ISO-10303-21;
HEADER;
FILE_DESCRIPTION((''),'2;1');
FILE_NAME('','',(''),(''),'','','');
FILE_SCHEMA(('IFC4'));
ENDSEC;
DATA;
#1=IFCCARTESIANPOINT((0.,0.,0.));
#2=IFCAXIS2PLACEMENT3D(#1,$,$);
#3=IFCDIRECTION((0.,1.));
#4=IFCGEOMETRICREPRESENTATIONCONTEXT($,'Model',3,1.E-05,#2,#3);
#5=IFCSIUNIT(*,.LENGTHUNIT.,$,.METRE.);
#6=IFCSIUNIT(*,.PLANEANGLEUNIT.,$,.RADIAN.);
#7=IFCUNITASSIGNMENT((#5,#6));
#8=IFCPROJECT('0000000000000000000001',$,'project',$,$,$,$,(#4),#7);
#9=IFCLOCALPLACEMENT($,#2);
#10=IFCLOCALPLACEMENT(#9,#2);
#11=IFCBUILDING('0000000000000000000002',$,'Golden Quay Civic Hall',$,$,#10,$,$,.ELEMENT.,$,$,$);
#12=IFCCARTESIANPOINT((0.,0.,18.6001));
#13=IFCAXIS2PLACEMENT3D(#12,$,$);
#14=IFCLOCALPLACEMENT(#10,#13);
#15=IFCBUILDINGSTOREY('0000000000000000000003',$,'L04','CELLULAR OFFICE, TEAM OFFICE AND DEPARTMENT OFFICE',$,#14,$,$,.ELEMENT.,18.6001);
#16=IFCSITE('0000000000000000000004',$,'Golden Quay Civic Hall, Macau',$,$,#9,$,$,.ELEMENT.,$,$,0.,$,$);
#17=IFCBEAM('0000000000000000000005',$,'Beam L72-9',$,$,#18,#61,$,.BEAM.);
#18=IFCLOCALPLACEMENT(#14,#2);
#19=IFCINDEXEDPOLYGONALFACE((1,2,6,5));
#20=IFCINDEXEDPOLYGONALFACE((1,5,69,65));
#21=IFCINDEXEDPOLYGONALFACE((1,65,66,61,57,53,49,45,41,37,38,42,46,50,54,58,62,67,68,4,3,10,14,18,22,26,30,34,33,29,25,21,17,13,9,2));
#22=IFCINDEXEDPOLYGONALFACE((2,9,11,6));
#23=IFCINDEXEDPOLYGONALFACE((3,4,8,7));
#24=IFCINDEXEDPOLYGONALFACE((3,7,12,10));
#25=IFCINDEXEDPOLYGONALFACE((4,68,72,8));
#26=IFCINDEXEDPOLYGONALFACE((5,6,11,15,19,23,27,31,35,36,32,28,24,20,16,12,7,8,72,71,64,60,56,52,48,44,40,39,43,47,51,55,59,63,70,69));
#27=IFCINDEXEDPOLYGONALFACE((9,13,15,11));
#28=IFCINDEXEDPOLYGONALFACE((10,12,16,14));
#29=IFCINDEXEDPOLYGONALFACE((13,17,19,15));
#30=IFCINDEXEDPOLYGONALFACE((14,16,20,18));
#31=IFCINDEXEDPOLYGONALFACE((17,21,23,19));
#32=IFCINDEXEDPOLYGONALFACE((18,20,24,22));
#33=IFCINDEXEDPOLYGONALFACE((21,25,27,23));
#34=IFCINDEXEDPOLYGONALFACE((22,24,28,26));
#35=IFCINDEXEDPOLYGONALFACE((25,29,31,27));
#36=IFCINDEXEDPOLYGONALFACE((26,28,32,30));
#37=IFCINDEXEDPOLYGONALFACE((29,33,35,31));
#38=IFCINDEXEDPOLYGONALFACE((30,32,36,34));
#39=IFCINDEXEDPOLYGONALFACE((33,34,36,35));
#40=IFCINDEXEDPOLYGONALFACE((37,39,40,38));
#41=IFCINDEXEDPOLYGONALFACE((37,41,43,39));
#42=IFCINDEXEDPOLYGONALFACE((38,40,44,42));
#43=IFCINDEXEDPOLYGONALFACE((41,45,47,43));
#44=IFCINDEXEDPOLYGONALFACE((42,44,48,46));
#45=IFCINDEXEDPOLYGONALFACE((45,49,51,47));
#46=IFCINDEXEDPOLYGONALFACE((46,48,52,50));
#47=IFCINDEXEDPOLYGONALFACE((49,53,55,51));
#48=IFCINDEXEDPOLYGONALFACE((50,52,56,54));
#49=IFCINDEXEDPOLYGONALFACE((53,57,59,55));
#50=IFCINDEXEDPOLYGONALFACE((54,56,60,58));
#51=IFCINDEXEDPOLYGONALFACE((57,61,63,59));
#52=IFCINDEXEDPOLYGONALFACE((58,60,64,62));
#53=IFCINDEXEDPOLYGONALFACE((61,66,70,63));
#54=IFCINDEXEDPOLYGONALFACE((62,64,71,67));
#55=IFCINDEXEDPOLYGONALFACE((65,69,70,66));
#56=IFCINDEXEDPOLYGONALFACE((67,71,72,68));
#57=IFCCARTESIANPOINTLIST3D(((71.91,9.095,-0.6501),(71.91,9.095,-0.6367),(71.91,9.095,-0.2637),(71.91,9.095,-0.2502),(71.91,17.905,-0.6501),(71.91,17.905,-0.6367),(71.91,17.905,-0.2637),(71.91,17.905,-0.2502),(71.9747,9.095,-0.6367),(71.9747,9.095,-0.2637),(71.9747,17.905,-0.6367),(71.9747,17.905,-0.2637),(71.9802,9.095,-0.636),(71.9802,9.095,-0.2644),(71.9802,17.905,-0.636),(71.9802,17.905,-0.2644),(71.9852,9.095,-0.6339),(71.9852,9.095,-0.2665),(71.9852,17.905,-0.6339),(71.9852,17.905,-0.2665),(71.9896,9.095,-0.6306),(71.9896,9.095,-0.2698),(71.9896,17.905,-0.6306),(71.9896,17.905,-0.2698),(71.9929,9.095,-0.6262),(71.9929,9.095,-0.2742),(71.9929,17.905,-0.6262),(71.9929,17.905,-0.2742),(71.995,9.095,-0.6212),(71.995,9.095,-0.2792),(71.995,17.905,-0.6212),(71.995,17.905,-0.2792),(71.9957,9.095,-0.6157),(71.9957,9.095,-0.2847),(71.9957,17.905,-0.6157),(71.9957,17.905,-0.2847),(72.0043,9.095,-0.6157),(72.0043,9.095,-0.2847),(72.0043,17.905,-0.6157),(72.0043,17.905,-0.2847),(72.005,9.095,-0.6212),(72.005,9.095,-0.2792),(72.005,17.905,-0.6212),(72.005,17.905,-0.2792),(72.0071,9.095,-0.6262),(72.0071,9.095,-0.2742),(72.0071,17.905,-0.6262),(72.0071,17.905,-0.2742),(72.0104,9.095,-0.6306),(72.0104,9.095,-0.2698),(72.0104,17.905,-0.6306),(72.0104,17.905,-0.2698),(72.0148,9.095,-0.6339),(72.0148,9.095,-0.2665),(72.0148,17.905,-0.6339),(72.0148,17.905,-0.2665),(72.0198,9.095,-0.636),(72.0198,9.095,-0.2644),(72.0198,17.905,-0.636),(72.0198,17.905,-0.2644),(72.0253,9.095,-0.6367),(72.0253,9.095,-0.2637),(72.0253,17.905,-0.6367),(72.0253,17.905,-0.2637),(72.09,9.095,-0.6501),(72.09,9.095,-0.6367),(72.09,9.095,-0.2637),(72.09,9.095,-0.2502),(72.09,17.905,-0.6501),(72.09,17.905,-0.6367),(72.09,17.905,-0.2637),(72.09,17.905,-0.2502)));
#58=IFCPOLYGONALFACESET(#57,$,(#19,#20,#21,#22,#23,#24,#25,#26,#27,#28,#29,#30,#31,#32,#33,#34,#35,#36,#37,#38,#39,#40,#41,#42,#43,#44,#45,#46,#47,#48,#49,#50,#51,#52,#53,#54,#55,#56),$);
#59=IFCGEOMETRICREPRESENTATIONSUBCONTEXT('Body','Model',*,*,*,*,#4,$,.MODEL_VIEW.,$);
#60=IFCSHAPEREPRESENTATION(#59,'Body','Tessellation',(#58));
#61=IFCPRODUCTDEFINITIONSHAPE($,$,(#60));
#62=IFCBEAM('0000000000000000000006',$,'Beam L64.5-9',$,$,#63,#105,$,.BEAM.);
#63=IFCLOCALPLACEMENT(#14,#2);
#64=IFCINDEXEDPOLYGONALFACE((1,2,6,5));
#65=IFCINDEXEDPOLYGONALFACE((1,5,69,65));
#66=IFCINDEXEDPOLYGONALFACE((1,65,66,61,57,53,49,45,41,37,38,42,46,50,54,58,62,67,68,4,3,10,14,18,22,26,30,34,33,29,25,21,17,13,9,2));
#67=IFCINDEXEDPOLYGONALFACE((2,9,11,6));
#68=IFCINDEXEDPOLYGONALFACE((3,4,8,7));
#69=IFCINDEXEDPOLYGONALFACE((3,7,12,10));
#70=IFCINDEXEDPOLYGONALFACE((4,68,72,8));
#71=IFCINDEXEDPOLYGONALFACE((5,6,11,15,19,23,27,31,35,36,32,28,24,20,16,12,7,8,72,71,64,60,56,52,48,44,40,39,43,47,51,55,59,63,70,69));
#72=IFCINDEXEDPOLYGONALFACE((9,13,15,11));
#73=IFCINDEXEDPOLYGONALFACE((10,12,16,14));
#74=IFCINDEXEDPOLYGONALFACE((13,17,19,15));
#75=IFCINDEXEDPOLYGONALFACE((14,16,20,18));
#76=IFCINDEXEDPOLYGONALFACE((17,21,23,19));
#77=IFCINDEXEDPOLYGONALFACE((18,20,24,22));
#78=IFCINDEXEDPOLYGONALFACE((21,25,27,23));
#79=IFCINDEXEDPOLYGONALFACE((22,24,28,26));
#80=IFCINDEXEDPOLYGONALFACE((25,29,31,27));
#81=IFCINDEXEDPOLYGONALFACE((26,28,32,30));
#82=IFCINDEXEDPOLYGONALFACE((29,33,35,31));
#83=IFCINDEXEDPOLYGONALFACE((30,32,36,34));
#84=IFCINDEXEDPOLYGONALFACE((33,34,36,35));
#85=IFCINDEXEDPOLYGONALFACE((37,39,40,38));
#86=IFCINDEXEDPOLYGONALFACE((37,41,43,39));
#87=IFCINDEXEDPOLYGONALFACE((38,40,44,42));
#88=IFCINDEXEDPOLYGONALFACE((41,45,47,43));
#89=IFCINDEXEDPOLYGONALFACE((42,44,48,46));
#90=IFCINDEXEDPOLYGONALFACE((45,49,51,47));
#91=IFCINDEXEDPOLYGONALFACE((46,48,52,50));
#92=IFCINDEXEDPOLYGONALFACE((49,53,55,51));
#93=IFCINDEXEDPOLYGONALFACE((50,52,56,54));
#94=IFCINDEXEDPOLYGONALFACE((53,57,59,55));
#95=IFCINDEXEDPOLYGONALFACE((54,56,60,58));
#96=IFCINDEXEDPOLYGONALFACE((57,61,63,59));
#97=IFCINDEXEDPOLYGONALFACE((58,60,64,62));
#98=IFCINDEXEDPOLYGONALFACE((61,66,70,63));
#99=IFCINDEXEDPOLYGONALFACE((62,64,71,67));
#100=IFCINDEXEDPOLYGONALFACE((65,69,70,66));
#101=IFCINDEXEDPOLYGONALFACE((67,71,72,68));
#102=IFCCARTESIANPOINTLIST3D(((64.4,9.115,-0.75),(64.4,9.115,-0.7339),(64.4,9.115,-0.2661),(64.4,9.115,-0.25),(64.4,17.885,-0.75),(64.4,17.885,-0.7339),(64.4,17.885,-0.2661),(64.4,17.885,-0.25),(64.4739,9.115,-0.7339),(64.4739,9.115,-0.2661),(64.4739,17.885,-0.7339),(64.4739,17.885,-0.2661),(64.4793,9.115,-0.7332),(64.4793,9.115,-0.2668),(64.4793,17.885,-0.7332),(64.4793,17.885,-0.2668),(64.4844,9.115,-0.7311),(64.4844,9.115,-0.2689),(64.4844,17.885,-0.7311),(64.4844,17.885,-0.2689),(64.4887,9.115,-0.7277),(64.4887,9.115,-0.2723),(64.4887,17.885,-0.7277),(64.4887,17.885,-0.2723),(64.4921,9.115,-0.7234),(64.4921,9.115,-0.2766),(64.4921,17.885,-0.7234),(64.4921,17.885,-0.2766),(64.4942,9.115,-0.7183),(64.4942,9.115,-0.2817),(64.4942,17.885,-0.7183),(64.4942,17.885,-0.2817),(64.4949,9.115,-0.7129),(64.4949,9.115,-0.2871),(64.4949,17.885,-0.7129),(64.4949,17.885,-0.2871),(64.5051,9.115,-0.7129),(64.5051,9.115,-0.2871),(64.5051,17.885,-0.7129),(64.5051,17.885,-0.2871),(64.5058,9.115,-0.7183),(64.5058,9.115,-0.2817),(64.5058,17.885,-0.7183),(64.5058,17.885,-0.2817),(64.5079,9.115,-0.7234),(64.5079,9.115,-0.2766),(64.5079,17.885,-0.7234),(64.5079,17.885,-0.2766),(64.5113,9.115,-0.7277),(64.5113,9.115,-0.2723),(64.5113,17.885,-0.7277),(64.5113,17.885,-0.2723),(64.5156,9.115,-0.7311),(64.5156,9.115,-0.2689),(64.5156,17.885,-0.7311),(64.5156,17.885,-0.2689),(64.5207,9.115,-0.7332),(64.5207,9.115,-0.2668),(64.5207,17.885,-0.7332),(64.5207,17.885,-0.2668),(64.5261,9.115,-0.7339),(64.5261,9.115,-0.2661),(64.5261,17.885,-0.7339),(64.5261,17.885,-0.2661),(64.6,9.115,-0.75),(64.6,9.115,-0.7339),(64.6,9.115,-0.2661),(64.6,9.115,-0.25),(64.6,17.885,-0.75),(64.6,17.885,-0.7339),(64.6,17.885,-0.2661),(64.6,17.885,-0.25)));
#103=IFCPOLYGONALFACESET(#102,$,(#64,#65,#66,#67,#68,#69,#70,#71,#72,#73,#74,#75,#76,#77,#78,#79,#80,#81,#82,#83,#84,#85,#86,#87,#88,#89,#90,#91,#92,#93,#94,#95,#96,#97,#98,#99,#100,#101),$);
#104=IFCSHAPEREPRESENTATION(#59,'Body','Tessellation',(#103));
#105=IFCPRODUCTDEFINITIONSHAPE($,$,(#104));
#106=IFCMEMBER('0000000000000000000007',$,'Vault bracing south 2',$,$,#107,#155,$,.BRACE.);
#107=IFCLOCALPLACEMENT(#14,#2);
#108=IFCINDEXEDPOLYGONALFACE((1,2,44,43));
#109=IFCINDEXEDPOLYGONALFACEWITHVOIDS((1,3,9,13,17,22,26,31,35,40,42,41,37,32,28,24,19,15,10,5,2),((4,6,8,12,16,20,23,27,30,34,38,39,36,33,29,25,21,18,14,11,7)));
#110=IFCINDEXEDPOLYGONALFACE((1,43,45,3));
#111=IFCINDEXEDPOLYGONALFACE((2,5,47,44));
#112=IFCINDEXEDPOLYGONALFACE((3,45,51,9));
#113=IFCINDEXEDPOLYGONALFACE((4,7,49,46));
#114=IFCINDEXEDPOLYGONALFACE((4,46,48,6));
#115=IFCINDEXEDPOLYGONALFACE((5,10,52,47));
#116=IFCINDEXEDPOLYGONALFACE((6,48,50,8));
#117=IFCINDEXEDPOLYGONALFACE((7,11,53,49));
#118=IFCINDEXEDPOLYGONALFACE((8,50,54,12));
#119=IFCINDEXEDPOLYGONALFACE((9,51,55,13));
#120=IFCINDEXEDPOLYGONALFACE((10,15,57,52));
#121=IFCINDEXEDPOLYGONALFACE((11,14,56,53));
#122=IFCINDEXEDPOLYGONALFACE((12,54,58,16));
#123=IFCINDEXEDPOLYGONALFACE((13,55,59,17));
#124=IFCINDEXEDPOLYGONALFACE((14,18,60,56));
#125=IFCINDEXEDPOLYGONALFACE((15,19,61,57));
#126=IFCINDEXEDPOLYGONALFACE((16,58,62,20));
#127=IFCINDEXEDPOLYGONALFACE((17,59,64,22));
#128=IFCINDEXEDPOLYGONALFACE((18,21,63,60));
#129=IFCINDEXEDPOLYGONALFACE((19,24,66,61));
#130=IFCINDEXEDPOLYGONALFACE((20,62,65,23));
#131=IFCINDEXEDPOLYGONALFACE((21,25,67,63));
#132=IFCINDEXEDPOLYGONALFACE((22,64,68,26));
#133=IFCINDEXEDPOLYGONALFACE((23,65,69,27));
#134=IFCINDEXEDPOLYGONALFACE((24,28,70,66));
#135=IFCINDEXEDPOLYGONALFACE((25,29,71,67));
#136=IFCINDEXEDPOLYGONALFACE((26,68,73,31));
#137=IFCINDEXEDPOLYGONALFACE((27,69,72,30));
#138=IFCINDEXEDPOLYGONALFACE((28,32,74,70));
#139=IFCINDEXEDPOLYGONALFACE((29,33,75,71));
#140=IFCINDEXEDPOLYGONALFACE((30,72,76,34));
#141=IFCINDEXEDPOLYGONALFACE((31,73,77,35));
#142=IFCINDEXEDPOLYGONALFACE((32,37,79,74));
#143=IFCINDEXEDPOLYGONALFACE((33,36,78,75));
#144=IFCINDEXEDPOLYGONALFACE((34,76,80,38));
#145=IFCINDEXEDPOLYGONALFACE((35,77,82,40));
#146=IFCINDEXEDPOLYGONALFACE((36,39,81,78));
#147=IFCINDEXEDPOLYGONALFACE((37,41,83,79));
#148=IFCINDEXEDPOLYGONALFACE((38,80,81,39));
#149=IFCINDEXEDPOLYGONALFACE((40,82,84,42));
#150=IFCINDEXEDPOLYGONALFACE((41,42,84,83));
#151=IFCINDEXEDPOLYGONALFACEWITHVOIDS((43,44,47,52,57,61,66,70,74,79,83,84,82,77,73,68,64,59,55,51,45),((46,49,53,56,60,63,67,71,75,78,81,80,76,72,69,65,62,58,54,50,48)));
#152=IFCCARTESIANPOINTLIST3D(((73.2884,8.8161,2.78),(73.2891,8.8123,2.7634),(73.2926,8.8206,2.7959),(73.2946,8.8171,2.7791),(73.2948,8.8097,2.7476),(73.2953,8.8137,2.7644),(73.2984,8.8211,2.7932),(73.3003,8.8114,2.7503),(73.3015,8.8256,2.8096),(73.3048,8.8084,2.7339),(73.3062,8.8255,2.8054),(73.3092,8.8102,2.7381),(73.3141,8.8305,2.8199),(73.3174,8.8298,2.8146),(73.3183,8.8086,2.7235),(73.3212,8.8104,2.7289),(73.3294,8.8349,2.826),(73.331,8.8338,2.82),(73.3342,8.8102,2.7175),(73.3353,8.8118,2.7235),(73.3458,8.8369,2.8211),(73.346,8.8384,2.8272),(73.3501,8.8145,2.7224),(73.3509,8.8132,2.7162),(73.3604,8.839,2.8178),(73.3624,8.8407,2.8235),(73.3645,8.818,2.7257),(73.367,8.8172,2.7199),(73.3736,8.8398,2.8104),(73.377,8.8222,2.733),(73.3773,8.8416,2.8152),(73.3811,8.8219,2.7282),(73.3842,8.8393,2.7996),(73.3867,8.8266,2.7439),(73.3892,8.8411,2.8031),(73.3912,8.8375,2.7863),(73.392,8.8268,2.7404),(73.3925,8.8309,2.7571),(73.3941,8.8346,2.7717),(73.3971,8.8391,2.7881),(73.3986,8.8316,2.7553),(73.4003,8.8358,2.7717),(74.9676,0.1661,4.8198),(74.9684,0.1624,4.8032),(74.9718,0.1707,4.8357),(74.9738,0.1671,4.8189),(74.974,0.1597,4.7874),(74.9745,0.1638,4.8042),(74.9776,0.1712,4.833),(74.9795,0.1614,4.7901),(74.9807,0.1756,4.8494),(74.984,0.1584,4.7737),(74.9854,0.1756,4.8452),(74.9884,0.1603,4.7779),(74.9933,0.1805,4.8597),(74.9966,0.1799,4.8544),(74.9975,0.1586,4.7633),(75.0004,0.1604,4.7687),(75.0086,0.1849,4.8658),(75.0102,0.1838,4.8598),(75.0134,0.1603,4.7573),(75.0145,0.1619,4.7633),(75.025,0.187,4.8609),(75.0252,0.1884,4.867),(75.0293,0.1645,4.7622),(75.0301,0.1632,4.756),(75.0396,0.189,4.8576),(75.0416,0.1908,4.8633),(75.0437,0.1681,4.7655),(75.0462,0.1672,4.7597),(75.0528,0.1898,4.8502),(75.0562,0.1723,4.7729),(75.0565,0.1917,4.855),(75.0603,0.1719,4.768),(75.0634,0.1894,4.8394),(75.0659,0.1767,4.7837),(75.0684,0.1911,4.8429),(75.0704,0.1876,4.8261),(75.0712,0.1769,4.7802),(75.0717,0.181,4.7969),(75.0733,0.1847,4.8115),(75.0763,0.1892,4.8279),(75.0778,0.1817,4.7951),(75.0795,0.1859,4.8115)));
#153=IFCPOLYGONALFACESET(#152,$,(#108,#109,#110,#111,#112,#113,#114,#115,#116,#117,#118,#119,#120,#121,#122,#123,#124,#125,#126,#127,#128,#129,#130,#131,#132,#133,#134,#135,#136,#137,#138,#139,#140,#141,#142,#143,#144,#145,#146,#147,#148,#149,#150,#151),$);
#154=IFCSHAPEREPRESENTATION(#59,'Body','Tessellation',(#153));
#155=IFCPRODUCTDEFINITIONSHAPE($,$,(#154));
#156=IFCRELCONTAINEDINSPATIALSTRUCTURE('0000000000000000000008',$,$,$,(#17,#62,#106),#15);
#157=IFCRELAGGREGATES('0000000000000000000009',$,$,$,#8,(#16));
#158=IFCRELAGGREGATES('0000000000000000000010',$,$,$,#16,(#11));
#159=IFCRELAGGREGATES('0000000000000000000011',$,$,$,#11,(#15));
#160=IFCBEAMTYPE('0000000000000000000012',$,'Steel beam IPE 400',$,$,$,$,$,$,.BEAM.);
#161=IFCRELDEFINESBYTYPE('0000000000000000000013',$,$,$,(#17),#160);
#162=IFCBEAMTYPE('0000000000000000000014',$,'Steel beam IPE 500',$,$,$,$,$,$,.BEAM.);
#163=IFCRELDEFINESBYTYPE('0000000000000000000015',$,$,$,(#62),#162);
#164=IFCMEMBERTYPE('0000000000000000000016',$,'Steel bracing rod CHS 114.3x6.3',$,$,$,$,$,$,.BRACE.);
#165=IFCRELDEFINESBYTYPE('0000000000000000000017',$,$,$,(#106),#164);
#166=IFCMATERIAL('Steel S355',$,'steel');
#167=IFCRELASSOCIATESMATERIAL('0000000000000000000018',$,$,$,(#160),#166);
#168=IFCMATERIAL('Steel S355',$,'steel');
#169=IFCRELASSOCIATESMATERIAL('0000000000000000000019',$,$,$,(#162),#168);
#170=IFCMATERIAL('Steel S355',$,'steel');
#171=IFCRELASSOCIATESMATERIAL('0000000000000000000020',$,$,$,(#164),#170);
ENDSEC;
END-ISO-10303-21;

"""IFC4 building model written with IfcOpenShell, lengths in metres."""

from ifc_helpers import new_model, si_unit, direction, frame, origin, origin_2d, place, context, subcontext, project, spatial, hollow_circle, i_section, extrude, material, material_profile, profile_set, type_object, element, save


model = new_model("IFC4")

# Units and contexts
model_context = context("Model", 3, precision=1e-05, world=origin(), true_north=direction((0.0, 1.0)))
body_context = subcontext(model_context, "Body", "Model", "MODEL_VIEW")
ifc_project = project(units=[si_unit("LENGTHUNIT", "METRE"), si_unit("PLANEANGLEUNIT", "RADIAN")], contexts=[model_context])

# Site, building, storey
site_placement = place(None, origin())
site = spatial("IfcSite", under=ifc_project, at=site_placement, Name="Golden Quay Civic Hall, Macau", CompositionType="ELEMENT", RefElevation=0.0)
building_placement = place(site_placement, origin())
building = spatial("IfcBuilding", under=site, at=building_placement, Name="Golden Quay Civic Hall", CompositionType="ELEMENT")
storey_placement = place(building_placement, frame((0.0, 0.0, 18.6001)))
storey = spatial("IfcBuildingStorey", under=building, at=storey_placement, Name="L04", Description="CELLULAR OFFICE, TEAM OFFICE AND DEPARTMENT OFFICE", CompositionType="ELEMENT", Elevation=18.6001)

# Beams
ifc_material_1 = material(Name="Steel S355", Category="steel")
ifc_material_profile_1 = material_profile(ifc_material_1, i_section(OverallWidth=0.1799, OverallDepth=0.3999, WebThickness=0.0085, FlangeThickness=0.0134, FilletRadius=0.021, at=origin_2d()), Name="IPE 400")
ifc_profile_set_1 = profile_set([ifc_material_profile_1], Name="Steel S355")
beam_type_1 = type_object("IfcBeamType", Name="Steel beam IPE 400", PredefinedType="BEAM", material=ifc_profile_set_1)
beam_1_placement = place(storey_placement, frame((72.0, 9.095, -0.4502), z_axis=(0.0, 1.0, 0.0), x_axis=(-1.0, 0.0, 0.0)))
element("IfcBeam", 1, at=beam_1_placement, inside=storey, type_object=beam_type_1, Name="Beam L72-9", PredefinedType="BEAM", context=body_context, shape_type="SweptSolid", body=[
    extrude(i_section(OverallWidth=0.1799, OverallDepth=0.3999, WebThickness=0.0085, FlangeThickness=0.0134, FilletRadius=0.021, at=origin_2d()), origin(), (0.0, 0.0, 1.0), 8.8101),
])
ifc_material_2 = material(Name="Steel S355", Category="steel")
ifc_material_profile_2 = material_profile(ifc_material_2, i_section(OverallWidth=0.2, OverallDepth=0.5, WebThickness=0.0103, FlangeThickness=0.0161, FilletRadius=0.021, at=origin_2d()), Name="IPE 500")
ifc_profile_set_2 = profile_set([ifc_material_profile_2], Name="Steel S355")
beam_type_2 = type_object("IfcBeamType", Name="Steel beam IPE 500", PredefinedType="BEAM", material=ifc_profile_set_2)
beam_2_placement = place(storey_placement, frame((64.5, 9.115, -0.5), z_axis=(0.0, 1.0, 0.0), x_axis=(-1.0, 0.0, 0.0)))
element("IfcBeam", 2, at=beam_2_placement, inside=storey, type_object=beam_type_2, Name="Beam L64.5-9", PredefinedType="BEAM", context=body_context, shape_type="SweptSolid", body=[
    extrude(i_section(OverallWidth=0.2, OverallDepth=0.5, WebThickness=0.0103, FlangeThickness=0.0161, FilletRadius=0.021, at=origin_2d()), origin(), (0.0, 0.0, 1.0), 8.77),
])

# Member
ifc_material_3 = material(Name="Steel S355", Category="steel")
ifc_material_profile_3 = material_profile(ifc_material_3, hollow_circle(Radius=0.0571, WallThickness=0.0063, at=origin_2d()), Name="CHS 114.3x6.3")
ifc_profile_set_3 = profile_set([ifc_material_profile_3], Name="Steel S355")
member_type_1 = type_object("IfcMemberType", Name="Steel bracing rod CHS 114.3x6.3", PredefinedType="BRACE", material=ifc_profile_set_3)
for number, where, z_axis, x_axis, name in (
    (3, (73.3442, 8.825, 2.7717), (0.185662, -0.956381, 0.225531), (0.981673, 0.190572, 0.0), "Vault bracing south 2"),
):
    element("IfcMember", number, at=place(storey_placement, frame(where, z_axis=z_axis, x_axis=x_axis)), inside=storey, type_object=member_type_1, Name=name, PredefinedType="BRACE", context=body_context, shape_type="SweptSolid", body=[
        extrude(hollow_circle(Radius=0.0571, WallThickness=0.0063, at=origin_2d()), origin(), (0.0, 0.0, 1.0), 9.0444),
    ])

save(model, "model.ifc")
